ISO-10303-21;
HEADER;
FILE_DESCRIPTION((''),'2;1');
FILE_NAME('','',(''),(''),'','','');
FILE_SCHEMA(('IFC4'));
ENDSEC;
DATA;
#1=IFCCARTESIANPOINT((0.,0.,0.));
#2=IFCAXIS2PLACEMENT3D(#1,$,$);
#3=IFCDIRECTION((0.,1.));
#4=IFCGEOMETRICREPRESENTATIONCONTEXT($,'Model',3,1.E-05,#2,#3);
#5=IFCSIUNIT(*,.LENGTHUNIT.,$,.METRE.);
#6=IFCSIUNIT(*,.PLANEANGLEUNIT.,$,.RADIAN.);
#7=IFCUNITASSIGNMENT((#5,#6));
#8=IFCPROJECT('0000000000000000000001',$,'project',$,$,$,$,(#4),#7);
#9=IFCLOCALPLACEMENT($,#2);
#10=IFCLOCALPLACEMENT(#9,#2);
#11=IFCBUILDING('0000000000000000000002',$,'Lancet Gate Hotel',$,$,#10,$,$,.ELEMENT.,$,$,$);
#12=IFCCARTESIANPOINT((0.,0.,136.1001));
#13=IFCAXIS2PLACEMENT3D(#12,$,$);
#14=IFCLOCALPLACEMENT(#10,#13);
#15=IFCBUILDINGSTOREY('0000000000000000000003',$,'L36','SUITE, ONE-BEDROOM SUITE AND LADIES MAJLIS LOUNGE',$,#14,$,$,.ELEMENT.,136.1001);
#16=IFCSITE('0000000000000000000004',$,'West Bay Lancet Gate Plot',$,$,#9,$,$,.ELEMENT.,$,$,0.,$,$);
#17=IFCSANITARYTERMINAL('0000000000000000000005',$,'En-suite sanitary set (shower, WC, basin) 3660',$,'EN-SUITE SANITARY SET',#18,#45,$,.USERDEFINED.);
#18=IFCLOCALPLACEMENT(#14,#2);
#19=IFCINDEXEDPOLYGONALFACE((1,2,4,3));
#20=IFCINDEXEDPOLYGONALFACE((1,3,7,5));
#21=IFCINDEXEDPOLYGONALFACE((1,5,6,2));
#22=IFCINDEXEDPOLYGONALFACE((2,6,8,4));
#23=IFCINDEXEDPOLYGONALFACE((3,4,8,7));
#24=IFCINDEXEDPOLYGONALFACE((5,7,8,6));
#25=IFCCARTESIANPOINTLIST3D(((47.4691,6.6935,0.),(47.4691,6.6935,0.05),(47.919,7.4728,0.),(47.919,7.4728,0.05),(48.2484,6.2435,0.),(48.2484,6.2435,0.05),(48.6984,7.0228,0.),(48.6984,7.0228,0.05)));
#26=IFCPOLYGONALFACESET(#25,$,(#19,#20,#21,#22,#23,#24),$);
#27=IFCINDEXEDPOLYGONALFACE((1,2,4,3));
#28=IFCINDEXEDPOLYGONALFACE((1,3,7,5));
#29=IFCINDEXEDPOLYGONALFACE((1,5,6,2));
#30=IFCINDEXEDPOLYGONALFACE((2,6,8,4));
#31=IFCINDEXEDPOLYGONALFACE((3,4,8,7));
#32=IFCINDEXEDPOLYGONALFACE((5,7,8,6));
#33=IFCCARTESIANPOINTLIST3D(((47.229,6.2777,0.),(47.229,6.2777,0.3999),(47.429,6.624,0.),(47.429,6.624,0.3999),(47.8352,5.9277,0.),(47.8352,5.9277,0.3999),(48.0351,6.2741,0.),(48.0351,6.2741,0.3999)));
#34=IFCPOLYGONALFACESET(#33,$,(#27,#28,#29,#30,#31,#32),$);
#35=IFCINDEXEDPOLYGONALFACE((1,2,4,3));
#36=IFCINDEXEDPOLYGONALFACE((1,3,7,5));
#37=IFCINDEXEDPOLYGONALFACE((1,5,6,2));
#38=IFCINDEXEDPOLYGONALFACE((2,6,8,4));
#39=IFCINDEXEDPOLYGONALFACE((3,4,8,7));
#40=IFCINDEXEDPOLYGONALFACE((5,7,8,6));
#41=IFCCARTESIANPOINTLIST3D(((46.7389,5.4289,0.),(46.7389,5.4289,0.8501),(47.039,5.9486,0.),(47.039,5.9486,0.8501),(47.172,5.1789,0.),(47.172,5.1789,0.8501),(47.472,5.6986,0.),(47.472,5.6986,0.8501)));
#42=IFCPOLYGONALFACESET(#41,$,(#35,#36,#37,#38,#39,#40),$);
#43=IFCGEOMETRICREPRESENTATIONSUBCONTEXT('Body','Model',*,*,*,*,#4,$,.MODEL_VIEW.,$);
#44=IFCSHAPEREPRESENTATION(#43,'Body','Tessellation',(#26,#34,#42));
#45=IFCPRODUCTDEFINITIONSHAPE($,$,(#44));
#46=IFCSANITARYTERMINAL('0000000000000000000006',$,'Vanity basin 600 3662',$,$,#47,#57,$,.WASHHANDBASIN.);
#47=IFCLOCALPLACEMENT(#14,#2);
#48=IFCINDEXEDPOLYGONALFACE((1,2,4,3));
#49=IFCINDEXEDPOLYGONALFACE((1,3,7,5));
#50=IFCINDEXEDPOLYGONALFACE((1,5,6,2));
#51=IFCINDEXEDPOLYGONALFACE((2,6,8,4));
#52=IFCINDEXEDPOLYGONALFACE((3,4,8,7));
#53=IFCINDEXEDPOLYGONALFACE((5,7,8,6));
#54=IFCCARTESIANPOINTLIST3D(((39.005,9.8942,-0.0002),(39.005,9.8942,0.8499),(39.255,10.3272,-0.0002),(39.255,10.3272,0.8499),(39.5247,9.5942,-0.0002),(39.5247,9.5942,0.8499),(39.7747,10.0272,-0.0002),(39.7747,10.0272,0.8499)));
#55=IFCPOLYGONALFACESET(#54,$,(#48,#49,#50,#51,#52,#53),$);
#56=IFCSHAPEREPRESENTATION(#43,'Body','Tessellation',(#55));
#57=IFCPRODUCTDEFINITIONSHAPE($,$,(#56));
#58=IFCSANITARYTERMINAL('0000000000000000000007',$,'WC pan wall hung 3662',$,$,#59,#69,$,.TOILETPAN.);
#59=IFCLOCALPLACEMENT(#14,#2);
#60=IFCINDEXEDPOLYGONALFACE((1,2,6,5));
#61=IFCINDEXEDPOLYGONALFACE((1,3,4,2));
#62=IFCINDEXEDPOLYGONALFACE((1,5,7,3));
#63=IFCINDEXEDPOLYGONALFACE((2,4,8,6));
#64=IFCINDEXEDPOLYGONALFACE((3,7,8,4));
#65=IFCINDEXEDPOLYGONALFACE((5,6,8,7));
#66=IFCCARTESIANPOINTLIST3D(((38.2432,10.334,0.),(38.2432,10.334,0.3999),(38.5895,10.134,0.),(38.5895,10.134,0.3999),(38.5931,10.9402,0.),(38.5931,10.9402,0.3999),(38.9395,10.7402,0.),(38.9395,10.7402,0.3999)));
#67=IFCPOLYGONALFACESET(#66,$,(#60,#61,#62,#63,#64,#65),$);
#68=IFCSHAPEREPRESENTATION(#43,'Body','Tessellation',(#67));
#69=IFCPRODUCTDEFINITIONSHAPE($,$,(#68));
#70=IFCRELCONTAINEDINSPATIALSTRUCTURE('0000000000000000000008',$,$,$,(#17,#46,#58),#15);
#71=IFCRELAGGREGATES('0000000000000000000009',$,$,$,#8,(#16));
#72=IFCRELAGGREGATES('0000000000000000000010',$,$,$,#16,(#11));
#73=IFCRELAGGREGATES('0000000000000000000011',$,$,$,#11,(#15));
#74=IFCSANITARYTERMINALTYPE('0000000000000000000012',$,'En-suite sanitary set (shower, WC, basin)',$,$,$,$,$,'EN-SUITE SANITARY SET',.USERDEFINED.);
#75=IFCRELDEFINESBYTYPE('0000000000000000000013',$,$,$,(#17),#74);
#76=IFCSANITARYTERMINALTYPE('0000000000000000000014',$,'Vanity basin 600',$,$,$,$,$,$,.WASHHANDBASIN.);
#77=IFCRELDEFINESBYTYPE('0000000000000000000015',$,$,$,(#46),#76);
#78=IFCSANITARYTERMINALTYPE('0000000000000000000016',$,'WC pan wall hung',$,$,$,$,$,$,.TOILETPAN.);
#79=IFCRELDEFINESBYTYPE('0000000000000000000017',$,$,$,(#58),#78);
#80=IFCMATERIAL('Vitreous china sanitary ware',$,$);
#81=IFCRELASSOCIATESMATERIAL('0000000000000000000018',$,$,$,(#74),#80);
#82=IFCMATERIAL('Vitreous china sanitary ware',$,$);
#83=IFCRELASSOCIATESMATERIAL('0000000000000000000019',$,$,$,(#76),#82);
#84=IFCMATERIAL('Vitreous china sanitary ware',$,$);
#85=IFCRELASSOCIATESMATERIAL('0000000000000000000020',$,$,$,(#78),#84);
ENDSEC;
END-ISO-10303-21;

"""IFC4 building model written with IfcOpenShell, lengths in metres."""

from ifc_helpers import new_model, si_unit, direction, frame, origin, origin_2d, place, context, subcontext, project, spatial, rectangle, extrude, material, type_object, element, save


model = new_model("IFC4")

# Units and contexts
model_context = context("Model", 3, precision=1e-05, world=origin(), true_north=direction((0.0, 1.0)))
body_context = subcontext(model_context, "Body", "Model", "MODEL_VIEW")
ifc_project = project(units=[si_unit("LENGTHUNIT", "METRE"), si_unit("PLANEANGLEUNIT", "RADIAN")], contexts=[model_context])

# Site, building, storey
site_placement = place(None, origin())
site = spatial("IfcSite", under=ifc_project, at=site_placement, Name="West Bay Lancet Gate Plot", CompositionType="ELEMENT", RefElevation=0.0)
building_placement = place(site_placement, origin())
building = spatial("IfcBuilding", under=site, at=building_placement, Name="Lancet Gate Hotel", CompositionType="ELEMENT")
storey_placement = place(building_placement, frame((0.0, 0.0, 136.1001)))
storey = spatial("IfcBuildingStorey", under=building, at=storey_placement, Name="L36", Description="SUITE, ONE-BEDROOM SUITE AND LADIES MAJLIS LOUNGE", CompositionType="ELEMENT", Elevation=136.1001)

# Sanitary terminals
ifc_material_1 = material(Name="Vitreous china sanitary ware")
sanitary_terminal_type_1 = type_object("IfcSanitaryTerminalType", Name="En-suite sanitary set (shower, WC, basin)", ElementType="EN-SUITE SANITARY SET", PredefinedType="USERDEFINED", material=ifc_material_1)
sanitary_terminal_1_placement = place(storey_placement, frame((48.0837, 6.8582, 0.0), z_axis=(0.0, 0.0, 1.0), x_axis=(1.0, 0.0, 0.0)))
element("IfcSanitaryTerminal", 1, at=sanitary_terminal_1_placement, inside=storey, type_object=sanitary_terminal_type_1, Name="En-suite sanitary set (shower, WC, basin) 3660", ObjectType="EN-SUITE SANITARY SET", PredefinedType="USERDEFINED", context=body_context, shape_type="SweptSolid", body=[
    extrude(rectangle(XDim=0.8999, YDim=0.8999, at=origin_2d()), frame((0.0, 0.0, 0.0), z_axis=(0.0, 0.0, 1.0), x_axis=(0.5, 0.866025, 0.0)), (0.0, 0.0, 1.0), 0.05),
    extrude(rectangle(XDim=0.3999, YDim=0.7, at=origin_2d()), frame((-0.4517, -0.5823, 0.0), z_axis=(0.0, 0.0, 1.0), x_axis=(0.5, 0.866025, 0.0)), (0.0, 0.0, 1.0), 0.3999),
    extrude(rectangle(XDim=0.6001, YDim=0.5, at=origin_2d()), frame((-0.9783, -1.2944, 0.0), z_axis=(0.0, 0.0, 1.0), x_axis=(0.5, 0.866025, 0.0)), (0.0, 0.0, 1.0), 0.8501),
])
ifc_material_2 = material(Name="Vitreous china sanitary ware")
sanitary_terminal_type_2 = type_object("IfcSanitaryTerminalType", Name="Vanity basin 600", PredefinedType="WASHHANDBASIN", material=ifc_material_2)
sanitary_terminal_2_placement = place(storey_placement, frame((39.3899, 9.9607, -0.0002), z_axis=(0.0, 0.0, 1.0), x_axis=(-0.866025, 0.5, 0.0)))
element("IfcSanitaryTerminal", 2, at=sanitary_terminal_2_placement, inside=storey, type_object=sanitary_terminal_type_2, Name="Vanity basin 600 3662", PredefinedType="WASHHANDBASIN", context=body_context, shape_type="SweptSolid", body=[
    extrude(rectangle(XDim=0.6001, YDim=0.5, at=origin_2d()), origin(), (0.0, 0.0, 1.0), 0.8501),
])
ifc_material_3 = material(Name="Vitreous china sanitary ware")
sanitary_terminal_type_3 = type_object("IfcSanitaryTerminalType", Name="WC pan wall hung", PredefinedType="TOILETPAN", material=ifc_material_3)
sanitary_terminal_3_placement = place(storey_placement, frame((38.5913, 10.5371, 0.0), z_axis=(0.0, 0.0, 1.0), x_axis=(-0.866025, 0.5, 0.0)))
element("IfcSanitaryTerminal", 3, at=sanitary_terminal_3_placement, inside=storey, type_object=sanitary_terminal_type_3, Name="WC pan wall hung 3662", PredefinedType="TOILETPAN", context=body_context, shape_type="SweptSolid", body=[
    extrude(rectangle(XDim=0.3999, YDim=0.7, at=origin_2d()), origin(), (0.0, 0.0, 1.0), 0.3999),
])

save(model, "model.ifc")
